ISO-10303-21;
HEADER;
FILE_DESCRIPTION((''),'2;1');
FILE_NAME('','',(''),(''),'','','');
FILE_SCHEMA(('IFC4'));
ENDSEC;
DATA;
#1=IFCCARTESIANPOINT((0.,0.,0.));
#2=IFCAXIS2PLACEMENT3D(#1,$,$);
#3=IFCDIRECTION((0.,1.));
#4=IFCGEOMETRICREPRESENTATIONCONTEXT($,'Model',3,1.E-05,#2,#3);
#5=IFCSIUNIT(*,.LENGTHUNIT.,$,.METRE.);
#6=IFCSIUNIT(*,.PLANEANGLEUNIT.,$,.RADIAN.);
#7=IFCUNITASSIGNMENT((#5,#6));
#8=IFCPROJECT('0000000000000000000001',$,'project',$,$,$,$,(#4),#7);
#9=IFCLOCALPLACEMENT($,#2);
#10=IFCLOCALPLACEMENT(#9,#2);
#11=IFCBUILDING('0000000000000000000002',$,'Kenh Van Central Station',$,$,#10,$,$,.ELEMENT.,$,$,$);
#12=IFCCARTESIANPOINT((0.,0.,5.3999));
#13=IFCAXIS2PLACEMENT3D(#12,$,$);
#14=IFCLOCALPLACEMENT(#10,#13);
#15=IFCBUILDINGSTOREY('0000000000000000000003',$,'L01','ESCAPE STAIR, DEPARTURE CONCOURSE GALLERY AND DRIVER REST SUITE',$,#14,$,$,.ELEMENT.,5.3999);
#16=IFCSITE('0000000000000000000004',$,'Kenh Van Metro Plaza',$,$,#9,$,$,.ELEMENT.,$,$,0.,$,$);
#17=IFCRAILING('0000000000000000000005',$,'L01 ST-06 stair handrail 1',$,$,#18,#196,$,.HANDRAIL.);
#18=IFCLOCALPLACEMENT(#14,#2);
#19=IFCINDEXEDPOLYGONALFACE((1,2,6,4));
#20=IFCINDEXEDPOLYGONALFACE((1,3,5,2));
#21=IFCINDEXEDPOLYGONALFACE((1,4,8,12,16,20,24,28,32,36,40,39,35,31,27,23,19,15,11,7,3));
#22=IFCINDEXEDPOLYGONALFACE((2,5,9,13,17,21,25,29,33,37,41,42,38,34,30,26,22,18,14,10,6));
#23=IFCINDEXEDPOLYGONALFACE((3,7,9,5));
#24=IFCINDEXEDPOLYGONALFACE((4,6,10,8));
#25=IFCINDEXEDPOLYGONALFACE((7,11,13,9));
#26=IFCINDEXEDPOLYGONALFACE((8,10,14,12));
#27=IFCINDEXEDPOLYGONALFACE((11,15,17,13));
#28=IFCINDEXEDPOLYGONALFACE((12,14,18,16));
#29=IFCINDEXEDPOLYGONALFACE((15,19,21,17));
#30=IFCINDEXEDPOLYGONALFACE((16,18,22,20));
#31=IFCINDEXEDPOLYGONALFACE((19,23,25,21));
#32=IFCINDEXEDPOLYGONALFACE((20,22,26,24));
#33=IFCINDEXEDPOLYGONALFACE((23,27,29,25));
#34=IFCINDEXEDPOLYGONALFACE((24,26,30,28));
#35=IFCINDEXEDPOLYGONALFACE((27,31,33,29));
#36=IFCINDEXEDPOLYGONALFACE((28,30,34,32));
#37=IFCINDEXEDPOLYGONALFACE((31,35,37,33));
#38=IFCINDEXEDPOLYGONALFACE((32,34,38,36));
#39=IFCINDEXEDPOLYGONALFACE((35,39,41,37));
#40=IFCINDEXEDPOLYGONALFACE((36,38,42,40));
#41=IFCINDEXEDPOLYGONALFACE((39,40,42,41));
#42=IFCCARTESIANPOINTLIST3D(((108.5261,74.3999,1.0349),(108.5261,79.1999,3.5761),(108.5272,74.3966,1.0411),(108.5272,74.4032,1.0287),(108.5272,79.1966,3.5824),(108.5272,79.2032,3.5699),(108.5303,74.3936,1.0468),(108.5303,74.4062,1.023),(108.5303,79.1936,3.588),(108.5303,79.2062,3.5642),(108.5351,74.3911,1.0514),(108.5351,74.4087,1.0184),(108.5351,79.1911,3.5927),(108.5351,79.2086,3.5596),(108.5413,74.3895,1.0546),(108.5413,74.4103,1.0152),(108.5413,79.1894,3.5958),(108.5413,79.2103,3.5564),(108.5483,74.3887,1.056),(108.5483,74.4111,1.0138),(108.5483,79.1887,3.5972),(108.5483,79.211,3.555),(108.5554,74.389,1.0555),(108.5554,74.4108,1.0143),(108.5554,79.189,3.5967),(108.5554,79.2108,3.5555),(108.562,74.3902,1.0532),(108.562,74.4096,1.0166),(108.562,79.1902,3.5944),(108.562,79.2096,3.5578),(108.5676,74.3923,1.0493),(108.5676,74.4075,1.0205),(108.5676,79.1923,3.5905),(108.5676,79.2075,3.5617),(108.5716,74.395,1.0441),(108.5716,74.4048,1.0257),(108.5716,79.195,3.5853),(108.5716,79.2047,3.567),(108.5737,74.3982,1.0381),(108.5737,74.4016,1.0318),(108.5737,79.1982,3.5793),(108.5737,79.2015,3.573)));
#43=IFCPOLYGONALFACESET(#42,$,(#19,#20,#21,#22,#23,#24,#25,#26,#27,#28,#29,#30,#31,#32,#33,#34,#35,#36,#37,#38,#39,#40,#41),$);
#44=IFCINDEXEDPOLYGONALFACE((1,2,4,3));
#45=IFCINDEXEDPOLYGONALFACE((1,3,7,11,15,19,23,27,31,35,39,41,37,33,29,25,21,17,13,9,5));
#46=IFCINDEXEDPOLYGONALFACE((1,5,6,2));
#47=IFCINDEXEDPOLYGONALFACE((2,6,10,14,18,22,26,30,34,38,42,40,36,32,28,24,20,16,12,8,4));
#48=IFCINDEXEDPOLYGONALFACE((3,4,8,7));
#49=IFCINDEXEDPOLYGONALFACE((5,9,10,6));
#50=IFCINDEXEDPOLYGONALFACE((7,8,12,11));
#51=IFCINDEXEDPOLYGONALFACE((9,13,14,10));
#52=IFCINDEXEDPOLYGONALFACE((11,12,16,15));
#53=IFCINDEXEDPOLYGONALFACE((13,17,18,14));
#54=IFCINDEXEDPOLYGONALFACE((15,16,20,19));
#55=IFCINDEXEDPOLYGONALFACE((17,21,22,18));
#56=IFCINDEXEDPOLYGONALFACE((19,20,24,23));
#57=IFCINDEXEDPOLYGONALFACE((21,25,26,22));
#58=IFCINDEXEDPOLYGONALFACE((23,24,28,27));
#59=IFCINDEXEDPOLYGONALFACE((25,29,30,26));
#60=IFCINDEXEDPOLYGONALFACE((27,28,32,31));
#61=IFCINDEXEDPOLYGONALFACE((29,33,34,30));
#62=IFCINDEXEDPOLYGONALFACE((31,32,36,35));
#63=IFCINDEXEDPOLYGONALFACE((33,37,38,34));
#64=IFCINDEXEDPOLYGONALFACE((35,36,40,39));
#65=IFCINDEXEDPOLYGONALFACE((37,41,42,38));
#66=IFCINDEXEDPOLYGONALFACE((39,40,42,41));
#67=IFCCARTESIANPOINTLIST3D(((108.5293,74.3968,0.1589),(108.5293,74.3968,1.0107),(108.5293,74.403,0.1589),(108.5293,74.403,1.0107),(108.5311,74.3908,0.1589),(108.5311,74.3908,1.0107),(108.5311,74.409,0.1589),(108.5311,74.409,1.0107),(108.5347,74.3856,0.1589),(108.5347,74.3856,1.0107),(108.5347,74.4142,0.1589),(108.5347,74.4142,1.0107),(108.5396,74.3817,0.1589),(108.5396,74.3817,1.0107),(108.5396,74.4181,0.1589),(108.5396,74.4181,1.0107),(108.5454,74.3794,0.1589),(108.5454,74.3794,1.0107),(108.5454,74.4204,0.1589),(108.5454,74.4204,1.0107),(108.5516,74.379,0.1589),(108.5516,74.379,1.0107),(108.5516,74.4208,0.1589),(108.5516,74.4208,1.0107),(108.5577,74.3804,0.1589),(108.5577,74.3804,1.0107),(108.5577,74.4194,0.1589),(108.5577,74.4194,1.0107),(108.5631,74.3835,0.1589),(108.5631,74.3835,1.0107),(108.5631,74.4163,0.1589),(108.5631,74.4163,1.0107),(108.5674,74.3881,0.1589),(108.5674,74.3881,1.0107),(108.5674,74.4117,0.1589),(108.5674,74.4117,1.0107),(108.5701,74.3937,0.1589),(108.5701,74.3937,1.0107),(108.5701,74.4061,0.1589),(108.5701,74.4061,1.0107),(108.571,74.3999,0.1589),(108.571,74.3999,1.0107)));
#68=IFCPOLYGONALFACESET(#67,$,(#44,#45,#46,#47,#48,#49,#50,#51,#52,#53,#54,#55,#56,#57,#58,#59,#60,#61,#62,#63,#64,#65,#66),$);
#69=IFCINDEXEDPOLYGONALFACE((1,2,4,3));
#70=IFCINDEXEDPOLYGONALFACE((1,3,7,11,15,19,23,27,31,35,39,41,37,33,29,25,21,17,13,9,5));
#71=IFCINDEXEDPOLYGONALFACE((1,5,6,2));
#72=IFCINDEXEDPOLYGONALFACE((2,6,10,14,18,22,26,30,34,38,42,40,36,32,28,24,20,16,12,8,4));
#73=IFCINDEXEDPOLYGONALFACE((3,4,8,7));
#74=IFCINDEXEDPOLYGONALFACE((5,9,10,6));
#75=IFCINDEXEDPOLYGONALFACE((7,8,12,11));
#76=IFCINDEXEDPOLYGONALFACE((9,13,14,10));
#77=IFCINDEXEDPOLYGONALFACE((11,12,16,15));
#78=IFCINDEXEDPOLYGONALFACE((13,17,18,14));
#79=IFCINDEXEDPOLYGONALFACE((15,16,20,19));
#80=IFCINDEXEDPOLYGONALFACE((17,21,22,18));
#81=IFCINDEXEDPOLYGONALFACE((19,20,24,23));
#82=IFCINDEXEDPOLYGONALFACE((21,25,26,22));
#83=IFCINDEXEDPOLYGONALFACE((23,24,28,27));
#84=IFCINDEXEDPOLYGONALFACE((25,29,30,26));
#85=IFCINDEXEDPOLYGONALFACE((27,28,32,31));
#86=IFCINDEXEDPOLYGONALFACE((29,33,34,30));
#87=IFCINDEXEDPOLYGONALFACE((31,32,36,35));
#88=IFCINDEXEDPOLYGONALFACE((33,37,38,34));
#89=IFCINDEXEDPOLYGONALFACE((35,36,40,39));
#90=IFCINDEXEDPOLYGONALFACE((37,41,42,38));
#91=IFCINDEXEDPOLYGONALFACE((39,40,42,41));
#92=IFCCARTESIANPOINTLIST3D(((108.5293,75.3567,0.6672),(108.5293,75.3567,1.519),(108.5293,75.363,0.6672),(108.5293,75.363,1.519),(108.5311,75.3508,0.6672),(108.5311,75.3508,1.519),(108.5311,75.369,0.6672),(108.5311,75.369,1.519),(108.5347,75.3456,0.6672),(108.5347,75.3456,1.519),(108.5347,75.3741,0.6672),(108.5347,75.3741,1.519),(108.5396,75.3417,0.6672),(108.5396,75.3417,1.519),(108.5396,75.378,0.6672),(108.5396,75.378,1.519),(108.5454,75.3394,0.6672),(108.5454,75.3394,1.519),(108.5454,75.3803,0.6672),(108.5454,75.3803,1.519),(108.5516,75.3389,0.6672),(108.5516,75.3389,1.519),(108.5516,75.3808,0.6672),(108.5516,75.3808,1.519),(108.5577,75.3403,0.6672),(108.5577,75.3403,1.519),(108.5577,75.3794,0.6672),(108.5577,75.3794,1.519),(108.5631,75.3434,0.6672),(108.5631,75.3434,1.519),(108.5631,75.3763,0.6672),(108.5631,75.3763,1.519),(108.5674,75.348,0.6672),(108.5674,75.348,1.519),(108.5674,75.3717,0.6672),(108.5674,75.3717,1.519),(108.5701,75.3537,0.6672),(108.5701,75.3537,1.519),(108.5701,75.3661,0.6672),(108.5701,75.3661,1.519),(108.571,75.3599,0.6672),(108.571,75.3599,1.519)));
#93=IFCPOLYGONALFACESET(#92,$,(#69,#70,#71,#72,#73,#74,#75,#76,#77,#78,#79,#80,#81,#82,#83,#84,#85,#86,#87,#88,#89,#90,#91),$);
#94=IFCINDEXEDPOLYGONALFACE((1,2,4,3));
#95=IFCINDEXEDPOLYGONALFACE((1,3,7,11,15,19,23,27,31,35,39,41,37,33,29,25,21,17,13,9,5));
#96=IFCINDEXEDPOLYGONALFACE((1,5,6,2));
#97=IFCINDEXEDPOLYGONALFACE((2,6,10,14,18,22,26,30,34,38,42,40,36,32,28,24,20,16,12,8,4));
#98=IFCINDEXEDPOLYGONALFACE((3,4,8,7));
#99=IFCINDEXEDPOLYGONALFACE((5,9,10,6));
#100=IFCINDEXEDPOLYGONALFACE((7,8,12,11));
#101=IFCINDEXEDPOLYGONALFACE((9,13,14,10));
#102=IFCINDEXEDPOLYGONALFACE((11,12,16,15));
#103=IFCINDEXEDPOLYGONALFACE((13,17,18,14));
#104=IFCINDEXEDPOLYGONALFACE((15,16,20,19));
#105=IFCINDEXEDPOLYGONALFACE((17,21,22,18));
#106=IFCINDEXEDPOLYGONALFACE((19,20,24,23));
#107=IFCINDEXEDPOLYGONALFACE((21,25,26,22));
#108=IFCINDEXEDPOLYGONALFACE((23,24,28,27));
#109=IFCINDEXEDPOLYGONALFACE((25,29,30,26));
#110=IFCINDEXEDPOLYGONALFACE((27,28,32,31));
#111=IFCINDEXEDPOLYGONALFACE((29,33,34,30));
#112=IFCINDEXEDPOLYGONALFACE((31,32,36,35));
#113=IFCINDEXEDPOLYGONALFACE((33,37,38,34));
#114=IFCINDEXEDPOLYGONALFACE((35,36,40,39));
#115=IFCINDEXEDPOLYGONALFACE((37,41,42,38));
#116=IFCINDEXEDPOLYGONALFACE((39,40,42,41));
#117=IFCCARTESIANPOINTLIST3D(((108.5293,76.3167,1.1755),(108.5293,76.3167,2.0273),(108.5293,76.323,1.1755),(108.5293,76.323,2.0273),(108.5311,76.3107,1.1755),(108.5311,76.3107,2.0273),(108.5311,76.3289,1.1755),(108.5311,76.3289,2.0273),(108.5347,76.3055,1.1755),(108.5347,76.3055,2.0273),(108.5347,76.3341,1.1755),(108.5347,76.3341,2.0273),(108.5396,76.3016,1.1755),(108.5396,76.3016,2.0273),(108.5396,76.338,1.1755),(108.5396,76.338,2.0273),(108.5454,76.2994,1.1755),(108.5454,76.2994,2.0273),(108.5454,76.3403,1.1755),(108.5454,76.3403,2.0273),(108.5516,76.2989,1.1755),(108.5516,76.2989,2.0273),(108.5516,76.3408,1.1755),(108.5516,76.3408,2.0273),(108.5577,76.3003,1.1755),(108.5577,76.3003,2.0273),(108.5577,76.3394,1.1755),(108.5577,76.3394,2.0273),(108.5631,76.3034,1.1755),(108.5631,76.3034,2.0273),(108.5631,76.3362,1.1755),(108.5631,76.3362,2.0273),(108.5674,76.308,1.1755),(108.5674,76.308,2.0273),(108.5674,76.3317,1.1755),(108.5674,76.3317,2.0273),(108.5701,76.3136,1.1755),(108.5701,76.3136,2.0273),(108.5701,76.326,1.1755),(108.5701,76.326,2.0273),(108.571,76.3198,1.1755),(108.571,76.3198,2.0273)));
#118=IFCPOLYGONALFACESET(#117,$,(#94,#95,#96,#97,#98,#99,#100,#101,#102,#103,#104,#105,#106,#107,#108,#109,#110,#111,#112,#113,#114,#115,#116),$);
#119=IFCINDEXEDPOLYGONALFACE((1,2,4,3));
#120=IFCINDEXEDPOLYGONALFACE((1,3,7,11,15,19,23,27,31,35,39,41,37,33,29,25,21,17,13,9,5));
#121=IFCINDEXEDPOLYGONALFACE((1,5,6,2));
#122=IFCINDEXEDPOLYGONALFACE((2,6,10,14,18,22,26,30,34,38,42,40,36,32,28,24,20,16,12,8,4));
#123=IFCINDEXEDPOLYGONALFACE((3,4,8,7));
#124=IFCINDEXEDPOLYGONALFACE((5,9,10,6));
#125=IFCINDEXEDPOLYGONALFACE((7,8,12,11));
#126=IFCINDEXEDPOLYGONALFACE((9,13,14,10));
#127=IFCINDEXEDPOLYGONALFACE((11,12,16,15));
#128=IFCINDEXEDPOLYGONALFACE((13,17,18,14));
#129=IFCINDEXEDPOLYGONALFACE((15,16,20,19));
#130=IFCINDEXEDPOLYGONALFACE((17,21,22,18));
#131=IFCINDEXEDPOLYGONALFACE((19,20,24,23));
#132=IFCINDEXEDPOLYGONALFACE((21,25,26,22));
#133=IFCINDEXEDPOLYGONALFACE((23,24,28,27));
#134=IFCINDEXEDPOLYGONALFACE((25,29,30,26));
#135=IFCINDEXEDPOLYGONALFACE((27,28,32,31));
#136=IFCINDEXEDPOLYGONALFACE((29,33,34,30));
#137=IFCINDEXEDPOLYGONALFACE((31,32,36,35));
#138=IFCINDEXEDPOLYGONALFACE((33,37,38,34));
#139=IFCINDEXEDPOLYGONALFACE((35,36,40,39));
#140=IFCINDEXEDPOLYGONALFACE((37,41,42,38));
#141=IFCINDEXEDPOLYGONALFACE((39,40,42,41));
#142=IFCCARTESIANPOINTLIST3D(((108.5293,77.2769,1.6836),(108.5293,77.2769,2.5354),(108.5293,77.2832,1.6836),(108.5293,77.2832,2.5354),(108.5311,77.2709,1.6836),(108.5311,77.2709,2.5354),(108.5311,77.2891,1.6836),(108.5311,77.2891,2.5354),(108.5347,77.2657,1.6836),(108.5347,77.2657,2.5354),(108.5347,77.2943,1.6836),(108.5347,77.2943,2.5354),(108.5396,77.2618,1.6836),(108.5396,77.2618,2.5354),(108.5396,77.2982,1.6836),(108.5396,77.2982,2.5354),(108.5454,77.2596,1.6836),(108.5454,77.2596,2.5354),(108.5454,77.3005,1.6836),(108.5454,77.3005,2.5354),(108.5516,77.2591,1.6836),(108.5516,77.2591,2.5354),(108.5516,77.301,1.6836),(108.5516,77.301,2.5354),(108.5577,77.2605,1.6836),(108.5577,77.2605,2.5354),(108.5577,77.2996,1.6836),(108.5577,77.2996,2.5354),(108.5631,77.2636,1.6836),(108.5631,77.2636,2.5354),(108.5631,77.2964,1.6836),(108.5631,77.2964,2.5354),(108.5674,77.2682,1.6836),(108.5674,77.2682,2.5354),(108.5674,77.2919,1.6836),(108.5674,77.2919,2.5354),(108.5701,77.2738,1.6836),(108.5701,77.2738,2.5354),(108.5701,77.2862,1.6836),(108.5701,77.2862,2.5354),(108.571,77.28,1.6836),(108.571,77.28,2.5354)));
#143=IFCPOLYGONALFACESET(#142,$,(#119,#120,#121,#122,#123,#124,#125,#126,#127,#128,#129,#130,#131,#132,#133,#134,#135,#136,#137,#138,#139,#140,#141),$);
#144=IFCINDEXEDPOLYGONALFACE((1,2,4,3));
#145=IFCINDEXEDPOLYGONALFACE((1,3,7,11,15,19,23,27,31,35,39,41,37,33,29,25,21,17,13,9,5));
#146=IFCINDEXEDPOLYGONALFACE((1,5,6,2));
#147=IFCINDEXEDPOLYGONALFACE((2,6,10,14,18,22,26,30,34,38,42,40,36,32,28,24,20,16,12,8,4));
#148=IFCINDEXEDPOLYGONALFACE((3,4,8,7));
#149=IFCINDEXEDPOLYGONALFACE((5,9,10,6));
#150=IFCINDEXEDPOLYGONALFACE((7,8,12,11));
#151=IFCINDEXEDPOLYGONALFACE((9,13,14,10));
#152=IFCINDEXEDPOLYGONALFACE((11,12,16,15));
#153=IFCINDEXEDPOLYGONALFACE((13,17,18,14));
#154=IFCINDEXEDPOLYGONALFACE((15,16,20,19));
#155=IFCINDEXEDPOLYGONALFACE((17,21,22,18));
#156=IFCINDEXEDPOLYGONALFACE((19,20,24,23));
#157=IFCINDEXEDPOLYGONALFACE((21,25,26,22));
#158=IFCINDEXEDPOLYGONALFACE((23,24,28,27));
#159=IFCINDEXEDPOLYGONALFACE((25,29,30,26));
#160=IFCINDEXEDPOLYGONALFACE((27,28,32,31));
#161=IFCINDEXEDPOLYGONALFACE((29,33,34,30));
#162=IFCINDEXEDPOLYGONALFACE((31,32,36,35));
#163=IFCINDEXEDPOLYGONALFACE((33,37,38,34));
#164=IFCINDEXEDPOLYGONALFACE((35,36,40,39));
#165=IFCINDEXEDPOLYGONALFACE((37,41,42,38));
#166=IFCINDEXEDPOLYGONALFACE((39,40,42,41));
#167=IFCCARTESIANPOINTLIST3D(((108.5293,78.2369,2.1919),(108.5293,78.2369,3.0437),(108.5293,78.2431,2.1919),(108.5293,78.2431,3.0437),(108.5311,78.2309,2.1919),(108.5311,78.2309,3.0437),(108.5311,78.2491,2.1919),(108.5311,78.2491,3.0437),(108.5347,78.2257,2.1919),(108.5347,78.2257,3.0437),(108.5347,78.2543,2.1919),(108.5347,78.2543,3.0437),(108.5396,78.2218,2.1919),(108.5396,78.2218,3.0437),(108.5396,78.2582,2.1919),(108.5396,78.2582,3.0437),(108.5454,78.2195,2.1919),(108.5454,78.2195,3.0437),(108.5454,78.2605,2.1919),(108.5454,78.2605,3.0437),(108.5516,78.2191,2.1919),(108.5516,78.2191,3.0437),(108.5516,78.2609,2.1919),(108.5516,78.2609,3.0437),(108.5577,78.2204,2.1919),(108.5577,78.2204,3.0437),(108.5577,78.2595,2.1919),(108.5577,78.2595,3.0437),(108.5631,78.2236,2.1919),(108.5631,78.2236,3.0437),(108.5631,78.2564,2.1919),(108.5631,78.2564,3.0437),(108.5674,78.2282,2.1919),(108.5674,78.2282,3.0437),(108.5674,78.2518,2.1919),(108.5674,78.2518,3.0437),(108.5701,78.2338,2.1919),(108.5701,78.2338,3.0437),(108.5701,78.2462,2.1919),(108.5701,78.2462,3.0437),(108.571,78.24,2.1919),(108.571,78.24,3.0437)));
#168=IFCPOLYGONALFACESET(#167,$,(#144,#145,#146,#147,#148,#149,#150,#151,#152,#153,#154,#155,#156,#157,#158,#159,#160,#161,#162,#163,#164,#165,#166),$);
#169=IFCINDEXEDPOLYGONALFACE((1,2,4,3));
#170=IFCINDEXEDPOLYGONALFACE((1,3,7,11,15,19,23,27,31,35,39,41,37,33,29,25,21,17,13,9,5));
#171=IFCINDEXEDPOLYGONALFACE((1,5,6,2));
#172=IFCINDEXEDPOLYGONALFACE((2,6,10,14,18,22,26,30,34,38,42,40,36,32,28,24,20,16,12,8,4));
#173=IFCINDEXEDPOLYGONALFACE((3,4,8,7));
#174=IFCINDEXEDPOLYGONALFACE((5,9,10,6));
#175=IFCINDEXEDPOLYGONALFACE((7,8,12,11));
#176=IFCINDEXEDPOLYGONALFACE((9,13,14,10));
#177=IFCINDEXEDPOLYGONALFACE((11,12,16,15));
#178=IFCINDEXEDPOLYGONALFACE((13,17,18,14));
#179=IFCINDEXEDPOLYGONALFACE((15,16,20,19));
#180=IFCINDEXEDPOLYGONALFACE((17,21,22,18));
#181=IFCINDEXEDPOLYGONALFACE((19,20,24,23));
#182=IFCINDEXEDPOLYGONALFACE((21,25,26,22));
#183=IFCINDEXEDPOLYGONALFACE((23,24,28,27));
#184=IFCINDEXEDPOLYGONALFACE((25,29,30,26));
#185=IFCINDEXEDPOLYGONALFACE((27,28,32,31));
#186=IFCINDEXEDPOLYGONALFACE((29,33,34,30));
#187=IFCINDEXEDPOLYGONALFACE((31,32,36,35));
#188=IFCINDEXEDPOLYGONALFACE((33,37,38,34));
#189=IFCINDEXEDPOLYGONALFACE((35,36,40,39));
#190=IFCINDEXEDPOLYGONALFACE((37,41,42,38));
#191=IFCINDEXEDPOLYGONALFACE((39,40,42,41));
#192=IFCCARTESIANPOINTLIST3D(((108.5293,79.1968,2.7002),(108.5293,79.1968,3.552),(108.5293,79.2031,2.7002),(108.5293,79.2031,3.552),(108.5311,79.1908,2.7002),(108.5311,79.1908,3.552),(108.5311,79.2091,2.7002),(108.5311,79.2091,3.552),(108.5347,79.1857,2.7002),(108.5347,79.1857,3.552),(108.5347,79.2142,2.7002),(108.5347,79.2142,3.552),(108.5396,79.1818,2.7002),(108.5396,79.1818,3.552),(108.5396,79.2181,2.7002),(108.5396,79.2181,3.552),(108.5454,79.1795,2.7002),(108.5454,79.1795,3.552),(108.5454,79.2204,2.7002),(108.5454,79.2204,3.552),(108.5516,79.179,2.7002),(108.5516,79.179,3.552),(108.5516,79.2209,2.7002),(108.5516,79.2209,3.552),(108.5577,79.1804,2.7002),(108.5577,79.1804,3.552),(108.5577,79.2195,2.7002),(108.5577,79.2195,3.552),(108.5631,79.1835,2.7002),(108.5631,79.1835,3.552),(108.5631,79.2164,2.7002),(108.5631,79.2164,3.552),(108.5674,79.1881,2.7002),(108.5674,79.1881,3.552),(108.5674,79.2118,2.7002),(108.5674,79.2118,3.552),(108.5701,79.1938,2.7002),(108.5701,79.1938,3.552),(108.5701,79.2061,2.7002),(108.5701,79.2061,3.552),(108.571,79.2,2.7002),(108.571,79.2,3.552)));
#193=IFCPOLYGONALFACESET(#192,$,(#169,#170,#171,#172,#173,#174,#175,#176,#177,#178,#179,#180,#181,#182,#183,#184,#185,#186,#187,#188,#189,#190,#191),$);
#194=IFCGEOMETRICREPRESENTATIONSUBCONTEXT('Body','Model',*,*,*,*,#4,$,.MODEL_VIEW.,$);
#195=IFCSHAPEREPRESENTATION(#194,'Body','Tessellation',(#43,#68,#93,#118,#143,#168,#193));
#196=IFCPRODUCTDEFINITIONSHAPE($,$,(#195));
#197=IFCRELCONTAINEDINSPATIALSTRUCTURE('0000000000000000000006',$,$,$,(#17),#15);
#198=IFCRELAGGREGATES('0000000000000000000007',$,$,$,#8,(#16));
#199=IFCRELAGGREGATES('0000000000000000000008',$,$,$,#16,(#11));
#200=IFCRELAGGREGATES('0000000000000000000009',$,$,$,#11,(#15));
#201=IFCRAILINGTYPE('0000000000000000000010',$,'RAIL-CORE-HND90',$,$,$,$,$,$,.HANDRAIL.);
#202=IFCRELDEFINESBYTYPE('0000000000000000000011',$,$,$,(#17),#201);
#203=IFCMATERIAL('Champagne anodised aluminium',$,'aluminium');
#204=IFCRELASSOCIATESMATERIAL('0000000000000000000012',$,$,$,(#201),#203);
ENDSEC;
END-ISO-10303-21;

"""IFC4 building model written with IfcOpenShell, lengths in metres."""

from ifc_helpers import new_model, si_unit, direction, frame, origin, origin_2d, place, context, subcontext, project, spatial, circle, extrude, material, type_object, element, save


model = new_model("IFC4")

# Units and contexts
model_context = context("Model", 3, precision=1e-05, world=origin(), true_north=direction((0.0, 1.0)))
body_context = subcontext(model_context, "Body", "Model", "MODEL_VIEW")
ifc_project = project(units=[si_unit("LENGTHUNIT", "METRE"), si_unit("PLANEANGLEUNIT", "RADIAN")], contexts=[model_context])

# Site, building, storey
site_placement = place(None, origin())
site = spatial("IfcSite", under=ifc_project, at=site_placement, Name="Kenh Van Metro Plaza", CompositionType="ELEMENT", RefElevation=0.0)
building_placement = place(site_placement, origin())
building = spatial("IfcBuilding", under=site, at=building_placement, Name="Kenh Van Central Station", CompositionType="ELEMENT")
storey_placement = place(building_placement, frame((0.0, 0.0, 5.3999)))
storey = spatial("IfcBuildingStorey", under=building, at=storey_placement, Name="L01", Description="ESCAPE STAIR, DEPARTURE CONCOURSE GALLERY AND DRIVER REST SUITE", CompositionType="ELEMENT", Elevation=5.3999)

# Shared definitions
ifc_material_1 = material(Name="Champagne anodised aluminium", Category="aluminium")

# Railing
railing_type = type_object("IfcRailingType", Name="RAIL-CORE-HND90", PredefinedType="HANDRAIL", material=ifc_material_1)
railing_placement = place(storey_placement, frame((108.55, 74.3999, 0.1589)))
element("IfcRailing", 1, at=railing_placement, inside=storey, type_object=railing_type, Name="L01 ST-06 stair handrail 1", PredefinedType="HANDRAIL", context=body_context, shape_type="SweptSolid", body=[
    extrude(circle(Radius=0.0239, at=origin_2d()), frame((0.0, 0.0, 0.876), z_axis=(0.0, 0.883784, 0.467896), x_axis=(-1.0, 0.0, 0.0)), (0.0, 0.0, 1.0), 5.4312),
    extrude(circle(Radius=0.021, at=origin_2d()), origin(), (0.0, 0.0, 1.0), 0.8518),
    extrude(circle(Radius=0.021, at=origin_2d()), frame((0.0, 0.96, 0.5083)), (0.0, 0.0, 1.0), 0.8518),
    extrude(circle(Radius=0.021, at=origin_2d()), frame((0.0, 1.9199, 1.0166)), (0.0, 0.0, 1.0), 0.8518),
    extrude(circle(Radius=0.021, at=origin_2d()), frame((0.0, 2.8801, 1.5247)), (0.0, 0.0, 1.0), 0.8518),
    extrude(circle(Radius=0.021, at=origin_2d()), frame((0.0, 3.8401, 2.033)), (0.0, 0.0, 1.0), 0.8518),
    extrude(circle(Radius=0.021, at=origin_2d()), frame((0.0, 4.8, 2.5413)), (0.0, 0.0, 1.0), 0.8518),
])

save(model, "model.ifc")
